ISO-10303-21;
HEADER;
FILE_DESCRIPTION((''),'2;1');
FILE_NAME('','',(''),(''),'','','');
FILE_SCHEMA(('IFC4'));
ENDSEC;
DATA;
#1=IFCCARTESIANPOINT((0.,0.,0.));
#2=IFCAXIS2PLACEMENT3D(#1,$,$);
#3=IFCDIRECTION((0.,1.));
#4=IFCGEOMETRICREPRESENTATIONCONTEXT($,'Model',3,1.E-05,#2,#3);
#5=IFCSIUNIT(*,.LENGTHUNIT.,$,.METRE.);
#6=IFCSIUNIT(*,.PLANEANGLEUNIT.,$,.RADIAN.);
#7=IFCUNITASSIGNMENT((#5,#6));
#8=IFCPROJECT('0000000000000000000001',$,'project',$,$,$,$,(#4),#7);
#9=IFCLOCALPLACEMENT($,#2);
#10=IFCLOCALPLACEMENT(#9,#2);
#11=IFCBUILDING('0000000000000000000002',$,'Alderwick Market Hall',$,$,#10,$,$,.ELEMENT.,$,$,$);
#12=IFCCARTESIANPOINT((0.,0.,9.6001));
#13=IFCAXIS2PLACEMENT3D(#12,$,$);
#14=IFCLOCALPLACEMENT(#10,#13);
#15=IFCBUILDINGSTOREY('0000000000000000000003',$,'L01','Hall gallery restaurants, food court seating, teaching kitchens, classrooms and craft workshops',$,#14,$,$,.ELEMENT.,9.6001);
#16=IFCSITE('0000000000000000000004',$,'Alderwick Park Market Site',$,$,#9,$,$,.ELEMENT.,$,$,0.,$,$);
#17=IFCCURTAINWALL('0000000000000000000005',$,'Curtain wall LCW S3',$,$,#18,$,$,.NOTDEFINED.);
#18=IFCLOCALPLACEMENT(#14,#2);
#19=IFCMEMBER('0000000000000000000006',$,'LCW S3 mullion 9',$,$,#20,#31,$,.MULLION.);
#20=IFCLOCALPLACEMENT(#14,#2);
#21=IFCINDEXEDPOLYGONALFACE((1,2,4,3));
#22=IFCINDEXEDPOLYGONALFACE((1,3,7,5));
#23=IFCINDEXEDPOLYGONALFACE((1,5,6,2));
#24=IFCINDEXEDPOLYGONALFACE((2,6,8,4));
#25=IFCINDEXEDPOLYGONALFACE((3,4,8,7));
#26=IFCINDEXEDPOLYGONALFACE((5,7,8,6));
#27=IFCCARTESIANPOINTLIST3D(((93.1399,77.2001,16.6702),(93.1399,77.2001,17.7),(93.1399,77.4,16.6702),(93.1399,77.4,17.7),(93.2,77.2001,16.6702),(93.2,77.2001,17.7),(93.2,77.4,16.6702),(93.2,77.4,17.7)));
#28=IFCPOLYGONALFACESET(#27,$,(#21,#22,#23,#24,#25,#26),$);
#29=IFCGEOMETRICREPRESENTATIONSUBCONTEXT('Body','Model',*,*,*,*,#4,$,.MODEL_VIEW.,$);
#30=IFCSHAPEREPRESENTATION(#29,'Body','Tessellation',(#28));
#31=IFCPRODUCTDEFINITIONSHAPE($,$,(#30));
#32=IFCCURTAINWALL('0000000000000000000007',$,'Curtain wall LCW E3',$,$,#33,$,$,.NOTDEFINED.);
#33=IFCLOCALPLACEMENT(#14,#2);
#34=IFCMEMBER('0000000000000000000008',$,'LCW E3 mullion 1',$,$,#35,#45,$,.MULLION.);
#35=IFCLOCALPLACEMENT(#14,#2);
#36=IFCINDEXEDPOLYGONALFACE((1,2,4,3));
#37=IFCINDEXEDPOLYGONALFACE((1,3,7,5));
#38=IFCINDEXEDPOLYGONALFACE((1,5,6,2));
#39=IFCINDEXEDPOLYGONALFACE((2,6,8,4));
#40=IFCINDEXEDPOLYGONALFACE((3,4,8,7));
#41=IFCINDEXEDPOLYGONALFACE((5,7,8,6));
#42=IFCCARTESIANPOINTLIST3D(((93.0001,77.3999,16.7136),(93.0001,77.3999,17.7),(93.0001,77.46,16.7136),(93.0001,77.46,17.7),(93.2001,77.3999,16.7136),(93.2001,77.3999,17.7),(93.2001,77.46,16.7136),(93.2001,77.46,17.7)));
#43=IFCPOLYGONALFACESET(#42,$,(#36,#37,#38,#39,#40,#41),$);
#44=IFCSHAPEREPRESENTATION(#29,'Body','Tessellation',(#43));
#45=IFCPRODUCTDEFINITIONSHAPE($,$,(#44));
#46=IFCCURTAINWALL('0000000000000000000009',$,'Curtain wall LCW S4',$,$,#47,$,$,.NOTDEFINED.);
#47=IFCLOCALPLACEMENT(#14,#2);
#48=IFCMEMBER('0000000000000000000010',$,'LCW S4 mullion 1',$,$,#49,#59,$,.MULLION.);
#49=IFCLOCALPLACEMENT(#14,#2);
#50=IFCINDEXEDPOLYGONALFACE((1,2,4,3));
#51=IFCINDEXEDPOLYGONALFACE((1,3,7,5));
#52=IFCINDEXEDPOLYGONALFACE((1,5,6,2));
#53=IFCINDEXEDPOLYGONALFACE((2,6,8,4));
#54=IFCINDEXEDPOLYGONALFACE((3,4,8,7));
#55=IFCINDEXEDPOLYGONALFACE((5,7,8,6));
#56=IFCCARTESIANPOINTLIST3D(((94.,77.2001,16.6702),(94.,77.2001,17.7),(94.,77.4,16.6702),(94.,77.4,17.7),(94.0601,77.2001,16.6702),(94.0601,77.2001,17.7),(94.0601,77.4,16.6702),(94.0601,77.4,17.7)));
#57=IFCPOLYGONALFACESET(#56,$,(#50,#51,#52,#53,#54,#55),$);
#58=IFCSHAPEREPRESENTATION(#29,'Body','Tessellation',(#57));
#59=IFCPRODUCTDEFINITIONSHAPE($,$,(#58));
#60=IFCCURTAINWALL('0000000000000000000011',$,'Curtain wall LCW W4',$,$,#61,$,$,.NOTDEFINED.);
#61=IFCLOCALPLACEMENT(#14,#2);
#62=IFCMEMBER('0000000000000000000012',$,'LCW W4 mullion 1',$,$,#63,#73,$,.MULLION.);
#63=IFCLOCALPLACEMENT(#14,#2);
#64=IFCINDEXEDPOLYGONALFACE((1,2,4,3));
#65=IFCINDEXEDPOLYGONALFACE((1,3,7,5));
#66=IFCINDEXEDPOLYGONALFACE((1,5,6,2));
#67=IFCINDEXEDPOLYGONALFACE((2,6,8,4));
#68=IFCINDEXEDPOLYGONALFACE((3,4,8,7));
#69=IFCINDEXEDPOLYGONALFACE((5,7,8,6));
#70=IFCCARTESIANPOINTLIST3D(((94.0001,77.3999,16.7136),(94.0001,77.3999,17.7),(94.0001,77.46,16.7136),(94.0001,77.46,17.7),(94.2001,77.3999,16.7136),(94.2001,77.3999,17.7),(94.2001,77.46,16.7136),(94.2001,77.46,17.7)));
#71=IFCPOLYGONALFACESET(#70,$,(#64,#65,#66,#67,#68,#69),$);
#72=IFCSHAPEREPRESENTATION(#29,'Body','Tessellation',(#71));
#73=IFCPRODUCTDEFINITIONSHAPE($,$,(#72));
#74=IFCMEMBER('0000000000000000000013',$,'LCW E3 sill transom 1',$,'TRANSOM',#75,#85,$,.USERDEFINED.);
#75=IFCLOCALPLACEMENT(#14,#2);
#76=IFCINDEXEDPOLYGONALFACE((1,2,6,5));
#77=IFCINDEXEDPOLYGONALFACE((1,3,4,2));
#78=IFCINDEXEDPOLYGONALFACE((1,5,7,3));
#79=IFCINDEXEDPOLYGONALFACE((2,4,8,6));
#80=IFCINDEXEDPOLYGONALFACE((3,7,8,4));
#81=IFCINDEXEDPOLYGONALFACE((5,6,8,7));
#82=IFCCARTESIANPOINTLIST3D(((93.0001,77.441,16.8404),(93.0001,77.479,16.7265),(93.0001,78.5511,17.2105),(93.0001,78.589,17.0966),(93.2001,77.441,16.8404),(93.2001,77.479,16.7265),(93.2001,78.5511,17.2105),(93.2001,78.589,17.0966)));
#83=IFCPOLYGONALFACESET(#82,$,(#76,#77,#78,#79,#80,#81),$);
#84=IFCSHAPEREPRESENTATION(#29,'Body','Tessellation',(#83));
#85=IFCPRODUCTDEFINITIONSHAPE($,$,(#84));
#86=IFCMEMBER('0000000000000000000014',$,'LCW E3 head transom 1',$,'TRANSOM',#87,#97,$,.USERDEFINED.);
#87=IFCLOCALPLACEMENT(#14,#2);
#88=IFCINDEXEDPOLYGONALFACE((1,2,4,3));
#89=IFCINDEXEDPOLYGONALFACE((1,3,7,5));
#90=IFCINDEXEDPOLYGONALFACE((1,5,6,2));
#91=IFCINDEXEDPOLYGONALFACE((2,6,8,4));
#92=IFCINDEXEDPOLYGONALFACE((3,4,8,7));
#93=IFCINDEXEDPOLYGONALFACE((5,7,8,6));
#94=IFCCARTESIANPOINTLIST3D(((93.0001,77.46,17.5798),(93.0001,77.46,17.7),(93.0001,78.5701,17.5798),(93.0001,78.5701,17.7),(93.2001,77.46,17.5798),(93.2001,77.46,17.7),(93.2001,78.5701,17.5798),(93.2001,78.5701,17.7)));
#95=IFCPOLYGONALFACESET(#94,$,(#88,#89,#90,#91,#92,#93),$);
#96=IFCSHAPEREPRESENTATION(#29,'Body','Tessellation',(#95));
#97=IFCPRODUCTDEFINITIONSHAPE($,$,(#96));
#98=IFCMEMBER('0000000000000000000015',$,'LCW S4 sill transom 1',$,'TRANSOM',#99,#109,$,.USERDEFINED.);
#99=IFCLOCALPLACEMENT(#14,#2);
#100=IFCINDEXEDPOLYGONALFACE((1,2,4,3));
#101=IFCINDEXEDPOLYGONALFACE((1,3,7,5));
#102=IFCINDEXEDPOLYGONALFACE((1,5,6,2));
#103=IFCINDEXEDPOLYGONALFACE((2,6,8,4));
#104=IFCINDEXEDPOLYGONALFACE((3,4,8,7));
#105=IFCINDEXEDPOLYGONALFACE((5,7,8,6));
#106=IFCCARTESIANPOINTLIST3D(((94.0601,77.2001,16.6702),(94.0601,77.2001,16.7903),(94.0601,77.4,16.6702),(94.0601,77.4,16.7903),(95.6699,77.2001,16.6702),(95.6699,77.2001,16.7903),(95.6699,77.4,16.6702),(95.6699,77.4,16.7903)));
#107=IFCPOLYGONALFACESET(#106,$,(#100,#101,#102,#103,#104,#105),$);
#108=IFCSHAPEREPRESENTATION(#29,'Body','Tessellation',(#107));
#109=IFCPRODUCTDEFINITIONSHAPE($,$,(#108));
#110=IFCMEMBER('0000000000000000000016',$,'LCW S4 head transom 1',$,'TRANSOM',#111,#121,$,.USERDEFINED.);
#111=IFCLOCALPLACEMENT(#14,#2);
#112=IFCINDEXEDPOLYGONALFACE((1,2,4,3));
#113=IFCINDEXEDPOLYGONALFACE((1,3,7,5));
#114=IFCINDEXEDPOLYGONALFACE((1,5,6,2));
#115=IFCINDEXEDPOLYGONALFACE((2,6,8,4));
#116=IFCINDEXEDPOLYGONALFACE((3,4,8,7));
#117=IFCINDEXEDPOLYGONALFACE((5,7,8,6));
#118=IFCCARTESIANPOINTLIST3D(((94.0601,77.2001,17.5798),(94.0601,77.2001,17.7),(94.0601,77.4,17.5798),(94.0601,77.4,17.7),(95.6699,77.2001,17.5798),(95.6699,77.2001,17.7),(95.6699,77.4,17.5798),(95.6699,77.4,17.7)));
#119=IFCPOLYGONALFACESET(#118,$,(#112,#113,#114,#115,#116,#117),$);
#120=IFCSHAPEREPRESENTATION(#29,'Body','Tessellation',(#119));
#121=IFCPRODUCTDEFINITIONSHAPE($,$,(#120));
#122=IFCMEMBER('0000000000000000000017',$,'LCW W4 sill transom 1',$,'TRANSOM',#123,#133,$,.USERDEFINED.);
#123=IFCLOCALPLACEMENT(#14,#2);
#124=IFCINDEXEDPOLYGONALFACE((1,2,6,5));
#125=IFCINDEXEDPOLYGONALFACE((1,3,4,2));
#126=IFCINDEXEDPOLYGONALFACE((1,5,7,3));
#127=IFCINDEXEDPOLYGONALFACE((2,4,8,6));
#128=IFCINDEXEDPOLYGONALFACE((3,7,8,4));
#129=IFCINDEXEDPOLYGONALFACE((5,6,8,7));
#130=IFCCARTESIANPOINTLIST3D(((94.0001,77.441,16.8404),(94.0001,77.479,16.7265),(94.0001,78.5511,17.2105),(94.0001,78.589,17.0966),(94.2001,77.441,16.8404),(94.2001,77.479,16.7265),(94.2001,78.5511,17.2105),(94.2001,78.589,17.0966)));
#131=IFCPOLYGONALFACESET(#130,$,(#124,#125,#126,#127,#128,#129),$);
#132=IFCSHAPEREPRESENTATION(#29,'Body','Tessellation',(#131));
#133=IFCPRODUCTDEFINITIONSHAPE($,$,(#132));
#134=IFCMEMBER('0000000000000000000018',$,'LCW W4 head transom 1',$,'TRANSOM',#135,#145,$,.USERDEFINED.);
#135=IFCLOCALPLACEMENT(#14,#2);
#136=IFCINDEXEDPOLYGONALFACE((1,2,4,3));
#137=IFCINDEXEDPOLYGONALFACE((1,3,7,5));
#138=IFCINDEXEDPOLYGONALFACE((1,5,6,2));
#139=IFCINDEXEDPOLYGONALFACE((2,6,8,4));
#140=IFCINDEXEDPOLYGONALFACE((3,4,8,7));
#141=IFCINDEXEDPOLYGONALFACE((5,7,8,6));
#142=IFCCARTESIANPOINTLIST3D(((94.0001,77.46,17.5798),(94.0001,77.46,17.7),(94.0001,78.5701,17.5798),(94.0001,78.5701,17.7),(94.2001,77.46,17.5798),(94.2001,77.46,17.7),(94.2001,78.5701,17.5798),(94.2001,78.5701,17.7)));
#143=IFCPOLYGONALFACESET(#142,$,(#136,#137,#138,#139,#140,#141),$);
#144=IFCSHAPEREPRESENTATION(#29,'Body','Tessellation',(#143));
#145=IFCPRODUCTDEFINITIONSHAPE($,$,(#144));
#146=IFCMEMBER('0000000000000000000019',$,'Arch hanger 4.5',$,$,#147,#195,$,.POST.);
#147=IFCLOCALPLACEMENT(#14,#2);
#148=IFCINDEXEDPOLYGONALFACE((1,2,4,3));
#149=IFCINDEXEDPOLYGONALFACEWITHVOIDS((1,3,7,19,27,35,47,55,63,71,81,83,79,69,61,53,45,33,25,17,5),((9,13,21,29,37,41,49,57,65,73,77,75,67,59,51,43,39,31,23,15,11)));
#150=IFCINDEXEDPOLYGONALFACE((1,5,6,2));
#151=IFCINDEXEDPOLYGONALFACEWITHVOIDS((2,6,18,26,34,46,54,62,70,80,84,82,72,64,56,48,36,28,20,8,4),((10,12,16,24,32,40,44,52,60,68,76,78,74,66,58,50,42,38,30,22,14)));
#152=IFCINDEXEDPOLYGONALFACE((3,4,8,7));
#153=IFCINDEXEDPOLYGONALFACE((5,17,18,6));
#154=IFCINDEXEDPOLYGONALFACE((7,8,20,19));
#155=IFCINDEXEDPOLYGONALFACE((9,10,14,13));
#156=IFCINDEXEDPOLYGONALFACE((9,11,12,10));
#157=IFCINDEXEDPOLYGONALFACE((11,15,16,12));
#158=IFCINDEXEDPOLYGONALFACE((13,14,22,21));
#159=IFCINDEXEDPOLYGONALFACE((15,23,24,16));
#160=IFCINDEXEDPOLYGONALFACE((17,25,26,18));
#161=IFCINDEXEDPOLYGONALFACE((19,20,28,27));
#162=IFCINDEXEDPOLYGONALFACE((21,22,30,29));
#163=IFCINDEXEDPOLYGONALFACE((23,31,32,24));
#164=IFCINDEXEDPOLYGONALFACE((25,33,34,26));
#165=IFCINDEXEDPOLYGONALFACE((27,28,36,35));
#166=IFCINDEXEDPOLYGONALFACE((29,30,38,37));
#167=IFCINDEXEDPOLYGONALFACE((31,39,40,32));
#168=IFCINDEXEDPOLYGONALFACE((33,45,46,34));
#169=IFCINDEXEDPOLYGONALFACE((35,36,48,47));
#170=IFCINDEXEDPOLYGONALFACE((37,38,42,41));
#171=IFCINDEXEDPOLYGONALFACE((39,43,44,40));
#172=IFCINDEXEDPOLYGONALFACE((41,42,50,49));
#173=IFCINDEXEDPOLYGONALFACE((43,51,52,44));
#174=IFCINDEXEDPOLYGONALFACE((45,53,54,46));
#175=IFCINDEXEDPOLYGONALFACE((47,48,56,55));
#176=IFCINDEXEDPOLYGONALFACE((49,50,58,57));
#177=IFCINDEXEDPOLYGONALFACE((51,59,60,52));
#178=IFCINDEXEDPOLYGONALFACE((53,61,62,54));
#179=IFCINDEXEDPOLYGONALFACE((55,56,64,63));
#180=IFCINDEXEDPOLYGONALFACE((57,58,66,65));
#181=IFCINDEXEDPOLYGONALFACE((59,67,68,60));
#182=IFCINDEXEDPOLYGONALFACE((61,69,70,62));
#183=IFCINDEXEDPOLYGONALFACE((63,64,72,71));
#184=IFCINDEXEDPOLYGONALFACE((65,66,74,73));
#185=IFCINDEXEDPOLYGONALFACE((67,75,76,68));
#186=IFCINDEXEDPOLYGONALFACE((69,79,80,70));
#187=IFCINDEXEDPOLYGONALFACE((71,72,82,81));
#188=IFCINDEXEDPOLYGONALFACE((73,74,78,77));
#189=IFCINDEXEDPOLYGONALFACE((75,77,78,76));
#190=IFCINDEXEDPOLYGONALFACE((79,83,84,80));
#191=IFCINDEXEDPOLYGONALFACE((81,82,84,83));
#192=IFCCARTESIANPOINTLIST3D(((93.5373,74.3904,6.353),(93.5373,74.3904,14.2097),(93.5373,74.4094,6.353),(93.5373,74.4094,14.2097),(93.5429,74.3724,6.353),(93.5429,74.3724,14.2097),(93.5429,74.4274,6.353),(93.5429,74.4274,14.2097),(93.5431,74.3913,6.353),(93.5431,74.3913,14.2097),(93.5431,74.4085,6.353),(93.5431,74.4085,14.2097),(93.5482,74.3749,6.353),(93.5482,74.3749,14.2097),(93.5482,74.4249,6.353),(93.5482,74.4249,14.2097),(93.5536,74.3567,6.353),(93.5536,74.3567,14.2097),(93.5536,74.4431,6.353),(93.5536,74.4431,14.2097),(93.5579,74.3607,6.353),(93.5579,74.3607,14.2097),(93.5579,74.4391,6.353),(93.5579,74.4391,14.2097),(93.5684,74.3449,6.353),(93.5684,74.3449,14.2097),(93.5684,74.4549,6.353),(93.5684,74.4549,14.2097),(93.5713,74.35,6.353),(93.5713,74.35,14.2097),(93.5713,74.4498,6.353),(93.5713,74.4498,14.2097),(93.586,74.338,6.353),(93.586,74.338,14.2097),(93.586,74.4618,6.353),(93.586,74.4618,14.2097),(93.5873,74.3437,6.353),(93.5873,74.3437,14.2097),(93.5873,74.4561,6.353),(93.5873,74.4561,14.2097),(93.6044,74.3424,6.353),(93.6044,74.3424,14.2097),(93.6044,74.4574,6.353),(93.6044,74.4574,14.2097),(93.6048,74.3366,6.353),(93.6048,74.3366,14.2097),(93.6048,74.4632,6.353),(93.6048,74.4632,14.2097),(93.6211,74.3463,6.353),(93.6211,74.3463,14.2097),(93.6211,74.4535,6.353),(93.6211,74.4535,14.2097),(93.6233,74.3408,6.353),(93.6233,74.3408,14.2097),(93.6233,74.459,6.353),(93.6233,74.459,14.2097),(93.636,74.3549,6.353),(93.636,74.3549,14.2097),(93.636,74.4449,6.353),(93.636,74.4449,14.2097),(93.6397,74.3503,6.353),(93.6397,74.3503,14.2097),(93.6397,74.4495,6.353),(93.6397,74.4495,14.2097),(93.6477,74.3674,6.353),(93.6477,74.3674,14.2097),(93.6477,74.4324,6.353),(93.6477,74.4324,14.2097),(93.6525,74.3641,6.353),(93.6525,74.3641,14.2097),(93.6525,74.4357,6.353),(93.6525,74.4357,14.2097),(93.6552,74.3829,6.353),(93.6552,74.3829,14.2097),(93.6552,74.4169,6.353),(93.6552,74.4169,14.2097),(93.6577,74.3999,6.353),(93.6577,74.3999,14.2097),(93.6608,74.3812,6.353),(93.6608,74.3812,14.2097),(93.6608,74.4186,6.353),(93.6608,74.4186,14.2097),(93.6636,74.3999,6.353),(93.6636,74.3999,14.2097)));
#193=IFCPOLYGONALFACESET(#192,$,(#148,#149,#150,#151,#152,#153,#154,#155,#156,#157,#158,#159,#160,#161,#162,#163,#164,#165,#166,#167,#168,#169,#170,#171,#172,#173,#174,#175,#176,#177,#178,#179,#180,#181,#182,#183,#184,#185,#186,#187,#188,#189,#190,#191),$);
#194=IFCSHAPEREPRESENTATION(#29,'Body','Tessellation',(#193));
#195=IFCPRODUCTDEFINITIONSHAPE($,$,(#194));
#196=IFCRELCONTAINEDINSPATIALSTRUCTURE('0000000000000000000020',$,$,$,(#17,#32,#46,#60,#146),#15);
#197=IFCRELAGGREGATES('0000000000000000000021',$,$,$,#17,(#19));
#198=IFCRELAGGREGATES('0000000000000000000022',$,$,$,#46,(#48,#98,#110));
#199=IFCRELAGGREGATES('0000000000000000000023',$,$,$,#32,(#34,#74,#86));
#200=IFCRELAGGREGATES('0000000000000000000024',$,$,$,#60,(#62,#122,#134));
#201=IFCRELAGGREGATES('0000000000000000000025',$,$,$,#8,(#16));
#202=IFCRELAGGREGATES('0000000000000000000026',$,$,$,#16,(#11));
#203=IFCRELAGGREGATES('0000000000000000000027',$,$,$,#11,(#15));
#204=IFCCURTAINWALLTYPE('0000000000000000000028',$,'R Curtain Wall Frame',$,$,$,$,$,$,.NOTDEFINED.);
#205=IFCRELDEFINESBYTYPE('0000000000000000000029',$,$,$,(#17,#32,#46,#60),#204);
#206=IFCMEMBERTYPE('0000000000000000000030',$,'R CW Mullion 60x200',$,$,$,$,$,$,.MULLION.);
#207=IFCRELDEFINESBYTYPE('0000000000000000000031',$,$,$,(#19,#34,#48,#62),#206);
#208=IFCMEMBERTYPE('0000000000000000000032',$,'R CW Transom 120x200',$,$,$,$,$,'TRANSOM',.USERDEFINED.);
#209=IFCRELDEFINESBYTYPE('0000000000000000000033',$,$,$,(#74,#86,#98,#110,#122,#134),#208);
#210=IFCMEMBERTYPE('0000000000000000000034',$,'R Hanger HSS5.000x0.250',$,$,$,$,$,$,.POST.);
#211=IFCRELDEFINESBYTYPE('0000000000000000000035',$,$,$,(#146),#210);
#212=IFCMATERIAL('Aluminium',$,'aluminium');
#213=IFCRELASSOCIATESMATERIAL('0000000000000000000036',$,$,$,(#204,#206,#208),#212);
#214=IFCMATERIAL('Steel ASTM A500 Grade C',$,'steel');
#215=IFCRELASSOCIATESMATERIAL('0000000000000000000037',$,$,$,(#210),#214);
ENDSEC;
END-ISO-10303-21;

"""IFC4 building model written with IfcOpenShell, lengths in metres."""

from ifc_helpers import new_model, si_unit, direction, frame, origin, origin_2d, place, context, subcontext, project, spatial, rectangle, hollow_circle, extrude, material, material_profile, profile_set, type_object, element, aggregate, save


model = new_model("IFC4")

# Units and contexts
model_context = context("Model", 3, precision=1e-05, world=origin(), true_north=direction((0.0, 1.0)))
body_context = subcontext(model_context, "Body", "Model", "MODEL_VIEW")
ifc_project = project(units=[si_unit("LENGTHUNIT", "METRE"), si_unit("PLANEANGLEUNIT", "RADIAN")], contexts=[model_context])

# Site, building, storey
site_placement = place(None, origin())
site = spatial("IfcSite", under=ifc_project, at=site_placement, Name="Alderwick Park Market Site", CompositionType="ELEMENT", RefElevation=0.0)
building_placement = place(site_placement, origin())
building = spatial("IfcBuilding", under=site, at=building_placement, Name="Alderwick Market Hall", CompositionType="ELEMENT")
storey_placement = place(building_placement, frame((0.0, 0.0, 9.6001)))
storey = spatial("IfcBuildingStorey", under=building, at=storey_placement, Name="L01", Description="Hall gallery restaurants, food court seating, teaching kitchens, classrooms and craft workshops", CompositionType="ELEMENT", Elevation=9.6001)

# Curtain walls, members
ifc_material_1 = material(Name="Aluminium", Category="aluminium")
curtain_wall_type = type_object("IfcCurtainWallType", Name="R Curtain Wall Frame", PredefinedType="NOTDEFINED", material=ifc_material_1)
curtain_wall_1_placement = place(storey_placement, origin())
curtain_wall_1 = element("IfcCurtainWall", 1, at=curtain_wall_1_placement, inside=storey, type_object=curtain_wall_type, Name="Curtain wall LCW S3", PredefinedType="NOTDEFINED")
ifc_material_profile_1 = material_profile(ifc_material_1, rectangle(XDim=0.2, YDim=0.0601, at=origin_2d()), Name="AL 60x200")
ifc_profile_set_1 = profile_set([ifc_material_profile_1], Name="Aluminium")
member_type_1 = type_object("IfcMemberType", Name="R CW Mullion 60x200", PredefinedType="MULLION", material=ifc_profile_set_1)
member_1_placement = place(storey_placement, frame((93.1699, 77.3, 16.6702), z_axis=(0.0, 0.0, 1.0), x_axis=(0.0, 1.0, 0.0)))
member_1 = element("IfcMember", 2, at=member_1_placement, type_object=member_type_1, Name="LCW S3 mullion 9", PredefinedType="MULLION", context=body_context, shape_type="SweptSolid", body=[
    extrude(rectangle(XDim=0.2, YDim=0.0601, at=origin_2d()), origin(), (0.0, 0.0, 1.0), 1.0298),
])
curtain_wall_2_placement = place(storey_placement, origin())
curtain_wall_2 = element("IfcCurtainWall", 3, at=curtain_wall_2_placement, inside=storey, type_object=curtain_wall_type, Name="Curtain wall LCW E3", PredefinedType="NOTDEFINED")
member_2_placement = place(storey_placement, frame((93.1001, 77.4299, 16.7136), z_axis=(0.0, 0.0, 1.0), x_axis=(1.0, 0.0, 0.0)))
member_2 = element("IfcMember", 4, at=member_2_placement, type_object=member_type_1, Name="LCW E3 mullion 1", PredefinedType="MULLION", context=body_context, shape_type="SweptSolid", body=[
    extrude(rectangle(XDim=0.2, YDim=0.0601, at=origin_2d()), origin(), (0.0, 0.0, 1.0), 0.9863),
])
curtain_wall_3_placement = place(storey_placement, origin())
curtain_wall_3 = element("IfcCurtainWall", 5, at=curtain_wall_3_placement, inside=storey, type_object=curtain_wall_type, Name="Curtain wall LCW S4", PredefinedType="NOTDEFINED")
member_3_placement = place(storey_placement, frame((94.03, 77.3, 16.6702), z_axis=(0.0, 0.0, 1.0), x_axis=(0.0, 1.0, 0.0)))
member_3 = element("IfcMember", 6, at=member_3_placement, type_object=member_type_1, Name="LCW S4 mullion 1", PredefinedType="MULLION", context=body_context, shape_type="SweptSolid", body=[
    extrude(rectangle(XDim=0.2, YDim=0.0601, at=origin_2d()), origin(), (0.0, 0.0, 1.0), 1.0298),
])
curtain_wall_4_placement = place(storey_placement, origin())
curtain_wall_4 = element("IfcCurtainWall", 7, at=curtain_wall_4_placement, inside=storey, type_object=curtain_wall_type, Name="Curtain wall LCW W4", PredefinedType="NOTDEFINED")
member_4_placement = place(storey_placement, frame((94.1001, 77.4299, 16.7136), z_axis=(0.0, 0.0, 1.0), x_axis=(1.0, 0.0, 0.0)))
member_4 = element("IfcMember", 8, at=member_4_placement, type_object=member_type_1, Name="LCW W4 mullion 1", PredefinedType="MULLION", context=body_context, shape_type="SweptSolid", body=[
    extrude(rectangle(XDim=0.2, YDim=0.0601, at=origin_2d()), origin(), (0.0, 0.0, 1.0), 0.9863),
])

# Members
ifc_material_profile_2 = material_profile(ifc_material_1, rectangle(XDim=0.2, YDim=0.1201, at=origin_2d()), Name="AL 120x200")
ifc_profile_set_2 = profile_set([ifc_material_profile_2], Name="Aluminium")
member_type_2 = type_object("IfcMemberType", Name="R CW Transom 120x200", ElementType="TRANSOM", PredefinedType="USERDEFINED", material=ifc_profile_set_2)
member_5_placement = place(storey_placement, frame((93.1001, 77.46, 16.7834), z_axis=(0.0, 0.948662, 0.31629), x_axis=(-1.0, 0.0, 0.0)))
member_5 = element("IfcMember", 9, at=member_5_placement, type_object=member_type_2, Name="LCW E3 sill transom 1", ObjectType="TRANSOM", PredefinedType="USERDEFINED", context=body_context, shape_type="SweptSolid", body=[
    extrude(rectangle(XDim=0.2, YDim=0.1201, at=origin_2d()), origin(), (0.0, 0.0, 1.0), 1.1702),
])
member_6_placement = place(storey_placement, frame((93.1001, 77.46, 17.6399), z_axis=(0.0, 1.0, 0.0), x_axis=(-1.0, 0.0, 0.0)))
member_6 = element("IfcMember", 10, at=member_6_placement, type_object=member_type_2, Name="LCW E3 head transom 1", ObjectType="TRANSOM", PredefinedType="USERDEFINED", context=body_context, shape_type="SweptSolid", body=[
    extrude(rectangle(XDim=0.2, YDim=0.1201, at=origin_2d()), origin(), (0.0, 0.0, 1.0), 1.1101),
])
member_7_placement = place(storey_placement, frame((94.0601, 77.3, 16.7302), z_axis=(1.0, 0.0, 0.0), x_axis=(0.0, 1.0, 0.0)))
member_7 = element("IfcMember", 11, at=member_7_placement, type_object=member_type_2, Name="LCW S4 sill transom 1", ObjectType="TRANSOM", PredefinedType="USERDEFINED", context=body_context, shape_type="SweptSolid", body=[
    extrude(rectangle(XDim=0.2, YDim=0.1201, at=origin_2d()), origin(), (0.0, 0.0, 1.0), 1.6099),
])
member_8_placement = place(storey_placement, frame((94.0601, 77.3, 17.6399), z_axis=(1.0, 0.0, 0.0), x_axis=(0.0, 1.0, 0.0)))
member_8 = element("IfcMember", 12, at=member_8_placement, type_object=member_type_2, Name="LCW S4 head transom 1", ObjectType="TRANSOM", PredefinedType="USERDEFINED", context=body_context, shape_type="SweptSolid", body=[
    extrude(rectangle(XDim=0.2, YDim=0.1201, at=origin_2d()), origin(), (0.0, 0.0, 1.0), 1.6099),
])
member_9_placement = place(storey_placement, frame((94.1001, 77.46, 16.7834), z_axis=(0.0, 0.948662, 0.31629), x_axis=(-1.0, 0.0, 0.0)))
member_9 = element("IfcMember", 13, at=member_9_placement, type_object=member_type_2, Name="LCW W4 sill transom 1", ObjectType="TRANSOM", PredefinedType="USERDEFINED", context=body_context, shape_type="SweptSolid", body=[
    extrude(rectangle(XDim=0.2, YDim=0.1201, at=origin_2d()), origin(), (0.0, 0.0, 1.0), 1.1702),
])
member_10_placement = place(storey_placement, frame((94.1001, 77.46, 17.6399), z_axis=(0.0, 1.0, 0.0), x_axis=(-1.0, 0.0, 0.0)))
member_10 = element("IfcMember", 14, at=member_10_placement, type_object=member_type_2, Name="LCW W4 head transom 1", ObjectType="TRANSOM", PredefinedType="USERDEFINED", context=body_context, shape_type="SweptSolid", body=[
    extrude(rectangle(XDim=0.2, YDim=0.1201, at=origin_2d()), origin(), (0.0, 0.0, 1.0), 1.1101),
])
ifc_material_2 = material(Name="Steel ASTM A500 Grade C", Category="steel")
ifc_material_profile_3 = material_profile(ifc_material_2, hollow_circle(Radius=0.0635, WallThickness=0.0059, at=origin_2d()), Name="HSS5.000x0.250")
ifc_profile_set_3 = profile_set([ifc_material_profile_3], Name="Steel ASTM A500 Grade C")
member_type_3 = type_object("IfcMemberType", Name="R Hanger HSS5.000x0.250", PredefinedType="POST", material=ifc_profile_set_3)
member_11_placement = place(storey_placement, frame((93.6001, 74.3999, 6.353), z_axis=(0.0, 0.0, 1.0), x_axis=(1.0, 0.0, 0.0)))
element("IfcMember", 15, at=member_11_placement, inside=storey, type_object=member_type_3, Name="Arch hanger 4.5", PredefinedType="POST", context=body_context, shape_type="SweptSolid", body=[
    extrude(hollow_circle(Radius=0.0635, WallThickness=0.0059, at=origin_2d()), origin(), (0.0, 0.0, 1.0), 7.8567),
])

aggregate(curtain_wall_1, [member_1])
aggregate(curtain_wall_3, [member_3, member_7, member_8])

aggregate(curtain_wall_2, [member_2, member_5, member_6])
aggregate(curtain_wall_4, [member_4, member_9, member_10])

save(model, "model.ifc")
